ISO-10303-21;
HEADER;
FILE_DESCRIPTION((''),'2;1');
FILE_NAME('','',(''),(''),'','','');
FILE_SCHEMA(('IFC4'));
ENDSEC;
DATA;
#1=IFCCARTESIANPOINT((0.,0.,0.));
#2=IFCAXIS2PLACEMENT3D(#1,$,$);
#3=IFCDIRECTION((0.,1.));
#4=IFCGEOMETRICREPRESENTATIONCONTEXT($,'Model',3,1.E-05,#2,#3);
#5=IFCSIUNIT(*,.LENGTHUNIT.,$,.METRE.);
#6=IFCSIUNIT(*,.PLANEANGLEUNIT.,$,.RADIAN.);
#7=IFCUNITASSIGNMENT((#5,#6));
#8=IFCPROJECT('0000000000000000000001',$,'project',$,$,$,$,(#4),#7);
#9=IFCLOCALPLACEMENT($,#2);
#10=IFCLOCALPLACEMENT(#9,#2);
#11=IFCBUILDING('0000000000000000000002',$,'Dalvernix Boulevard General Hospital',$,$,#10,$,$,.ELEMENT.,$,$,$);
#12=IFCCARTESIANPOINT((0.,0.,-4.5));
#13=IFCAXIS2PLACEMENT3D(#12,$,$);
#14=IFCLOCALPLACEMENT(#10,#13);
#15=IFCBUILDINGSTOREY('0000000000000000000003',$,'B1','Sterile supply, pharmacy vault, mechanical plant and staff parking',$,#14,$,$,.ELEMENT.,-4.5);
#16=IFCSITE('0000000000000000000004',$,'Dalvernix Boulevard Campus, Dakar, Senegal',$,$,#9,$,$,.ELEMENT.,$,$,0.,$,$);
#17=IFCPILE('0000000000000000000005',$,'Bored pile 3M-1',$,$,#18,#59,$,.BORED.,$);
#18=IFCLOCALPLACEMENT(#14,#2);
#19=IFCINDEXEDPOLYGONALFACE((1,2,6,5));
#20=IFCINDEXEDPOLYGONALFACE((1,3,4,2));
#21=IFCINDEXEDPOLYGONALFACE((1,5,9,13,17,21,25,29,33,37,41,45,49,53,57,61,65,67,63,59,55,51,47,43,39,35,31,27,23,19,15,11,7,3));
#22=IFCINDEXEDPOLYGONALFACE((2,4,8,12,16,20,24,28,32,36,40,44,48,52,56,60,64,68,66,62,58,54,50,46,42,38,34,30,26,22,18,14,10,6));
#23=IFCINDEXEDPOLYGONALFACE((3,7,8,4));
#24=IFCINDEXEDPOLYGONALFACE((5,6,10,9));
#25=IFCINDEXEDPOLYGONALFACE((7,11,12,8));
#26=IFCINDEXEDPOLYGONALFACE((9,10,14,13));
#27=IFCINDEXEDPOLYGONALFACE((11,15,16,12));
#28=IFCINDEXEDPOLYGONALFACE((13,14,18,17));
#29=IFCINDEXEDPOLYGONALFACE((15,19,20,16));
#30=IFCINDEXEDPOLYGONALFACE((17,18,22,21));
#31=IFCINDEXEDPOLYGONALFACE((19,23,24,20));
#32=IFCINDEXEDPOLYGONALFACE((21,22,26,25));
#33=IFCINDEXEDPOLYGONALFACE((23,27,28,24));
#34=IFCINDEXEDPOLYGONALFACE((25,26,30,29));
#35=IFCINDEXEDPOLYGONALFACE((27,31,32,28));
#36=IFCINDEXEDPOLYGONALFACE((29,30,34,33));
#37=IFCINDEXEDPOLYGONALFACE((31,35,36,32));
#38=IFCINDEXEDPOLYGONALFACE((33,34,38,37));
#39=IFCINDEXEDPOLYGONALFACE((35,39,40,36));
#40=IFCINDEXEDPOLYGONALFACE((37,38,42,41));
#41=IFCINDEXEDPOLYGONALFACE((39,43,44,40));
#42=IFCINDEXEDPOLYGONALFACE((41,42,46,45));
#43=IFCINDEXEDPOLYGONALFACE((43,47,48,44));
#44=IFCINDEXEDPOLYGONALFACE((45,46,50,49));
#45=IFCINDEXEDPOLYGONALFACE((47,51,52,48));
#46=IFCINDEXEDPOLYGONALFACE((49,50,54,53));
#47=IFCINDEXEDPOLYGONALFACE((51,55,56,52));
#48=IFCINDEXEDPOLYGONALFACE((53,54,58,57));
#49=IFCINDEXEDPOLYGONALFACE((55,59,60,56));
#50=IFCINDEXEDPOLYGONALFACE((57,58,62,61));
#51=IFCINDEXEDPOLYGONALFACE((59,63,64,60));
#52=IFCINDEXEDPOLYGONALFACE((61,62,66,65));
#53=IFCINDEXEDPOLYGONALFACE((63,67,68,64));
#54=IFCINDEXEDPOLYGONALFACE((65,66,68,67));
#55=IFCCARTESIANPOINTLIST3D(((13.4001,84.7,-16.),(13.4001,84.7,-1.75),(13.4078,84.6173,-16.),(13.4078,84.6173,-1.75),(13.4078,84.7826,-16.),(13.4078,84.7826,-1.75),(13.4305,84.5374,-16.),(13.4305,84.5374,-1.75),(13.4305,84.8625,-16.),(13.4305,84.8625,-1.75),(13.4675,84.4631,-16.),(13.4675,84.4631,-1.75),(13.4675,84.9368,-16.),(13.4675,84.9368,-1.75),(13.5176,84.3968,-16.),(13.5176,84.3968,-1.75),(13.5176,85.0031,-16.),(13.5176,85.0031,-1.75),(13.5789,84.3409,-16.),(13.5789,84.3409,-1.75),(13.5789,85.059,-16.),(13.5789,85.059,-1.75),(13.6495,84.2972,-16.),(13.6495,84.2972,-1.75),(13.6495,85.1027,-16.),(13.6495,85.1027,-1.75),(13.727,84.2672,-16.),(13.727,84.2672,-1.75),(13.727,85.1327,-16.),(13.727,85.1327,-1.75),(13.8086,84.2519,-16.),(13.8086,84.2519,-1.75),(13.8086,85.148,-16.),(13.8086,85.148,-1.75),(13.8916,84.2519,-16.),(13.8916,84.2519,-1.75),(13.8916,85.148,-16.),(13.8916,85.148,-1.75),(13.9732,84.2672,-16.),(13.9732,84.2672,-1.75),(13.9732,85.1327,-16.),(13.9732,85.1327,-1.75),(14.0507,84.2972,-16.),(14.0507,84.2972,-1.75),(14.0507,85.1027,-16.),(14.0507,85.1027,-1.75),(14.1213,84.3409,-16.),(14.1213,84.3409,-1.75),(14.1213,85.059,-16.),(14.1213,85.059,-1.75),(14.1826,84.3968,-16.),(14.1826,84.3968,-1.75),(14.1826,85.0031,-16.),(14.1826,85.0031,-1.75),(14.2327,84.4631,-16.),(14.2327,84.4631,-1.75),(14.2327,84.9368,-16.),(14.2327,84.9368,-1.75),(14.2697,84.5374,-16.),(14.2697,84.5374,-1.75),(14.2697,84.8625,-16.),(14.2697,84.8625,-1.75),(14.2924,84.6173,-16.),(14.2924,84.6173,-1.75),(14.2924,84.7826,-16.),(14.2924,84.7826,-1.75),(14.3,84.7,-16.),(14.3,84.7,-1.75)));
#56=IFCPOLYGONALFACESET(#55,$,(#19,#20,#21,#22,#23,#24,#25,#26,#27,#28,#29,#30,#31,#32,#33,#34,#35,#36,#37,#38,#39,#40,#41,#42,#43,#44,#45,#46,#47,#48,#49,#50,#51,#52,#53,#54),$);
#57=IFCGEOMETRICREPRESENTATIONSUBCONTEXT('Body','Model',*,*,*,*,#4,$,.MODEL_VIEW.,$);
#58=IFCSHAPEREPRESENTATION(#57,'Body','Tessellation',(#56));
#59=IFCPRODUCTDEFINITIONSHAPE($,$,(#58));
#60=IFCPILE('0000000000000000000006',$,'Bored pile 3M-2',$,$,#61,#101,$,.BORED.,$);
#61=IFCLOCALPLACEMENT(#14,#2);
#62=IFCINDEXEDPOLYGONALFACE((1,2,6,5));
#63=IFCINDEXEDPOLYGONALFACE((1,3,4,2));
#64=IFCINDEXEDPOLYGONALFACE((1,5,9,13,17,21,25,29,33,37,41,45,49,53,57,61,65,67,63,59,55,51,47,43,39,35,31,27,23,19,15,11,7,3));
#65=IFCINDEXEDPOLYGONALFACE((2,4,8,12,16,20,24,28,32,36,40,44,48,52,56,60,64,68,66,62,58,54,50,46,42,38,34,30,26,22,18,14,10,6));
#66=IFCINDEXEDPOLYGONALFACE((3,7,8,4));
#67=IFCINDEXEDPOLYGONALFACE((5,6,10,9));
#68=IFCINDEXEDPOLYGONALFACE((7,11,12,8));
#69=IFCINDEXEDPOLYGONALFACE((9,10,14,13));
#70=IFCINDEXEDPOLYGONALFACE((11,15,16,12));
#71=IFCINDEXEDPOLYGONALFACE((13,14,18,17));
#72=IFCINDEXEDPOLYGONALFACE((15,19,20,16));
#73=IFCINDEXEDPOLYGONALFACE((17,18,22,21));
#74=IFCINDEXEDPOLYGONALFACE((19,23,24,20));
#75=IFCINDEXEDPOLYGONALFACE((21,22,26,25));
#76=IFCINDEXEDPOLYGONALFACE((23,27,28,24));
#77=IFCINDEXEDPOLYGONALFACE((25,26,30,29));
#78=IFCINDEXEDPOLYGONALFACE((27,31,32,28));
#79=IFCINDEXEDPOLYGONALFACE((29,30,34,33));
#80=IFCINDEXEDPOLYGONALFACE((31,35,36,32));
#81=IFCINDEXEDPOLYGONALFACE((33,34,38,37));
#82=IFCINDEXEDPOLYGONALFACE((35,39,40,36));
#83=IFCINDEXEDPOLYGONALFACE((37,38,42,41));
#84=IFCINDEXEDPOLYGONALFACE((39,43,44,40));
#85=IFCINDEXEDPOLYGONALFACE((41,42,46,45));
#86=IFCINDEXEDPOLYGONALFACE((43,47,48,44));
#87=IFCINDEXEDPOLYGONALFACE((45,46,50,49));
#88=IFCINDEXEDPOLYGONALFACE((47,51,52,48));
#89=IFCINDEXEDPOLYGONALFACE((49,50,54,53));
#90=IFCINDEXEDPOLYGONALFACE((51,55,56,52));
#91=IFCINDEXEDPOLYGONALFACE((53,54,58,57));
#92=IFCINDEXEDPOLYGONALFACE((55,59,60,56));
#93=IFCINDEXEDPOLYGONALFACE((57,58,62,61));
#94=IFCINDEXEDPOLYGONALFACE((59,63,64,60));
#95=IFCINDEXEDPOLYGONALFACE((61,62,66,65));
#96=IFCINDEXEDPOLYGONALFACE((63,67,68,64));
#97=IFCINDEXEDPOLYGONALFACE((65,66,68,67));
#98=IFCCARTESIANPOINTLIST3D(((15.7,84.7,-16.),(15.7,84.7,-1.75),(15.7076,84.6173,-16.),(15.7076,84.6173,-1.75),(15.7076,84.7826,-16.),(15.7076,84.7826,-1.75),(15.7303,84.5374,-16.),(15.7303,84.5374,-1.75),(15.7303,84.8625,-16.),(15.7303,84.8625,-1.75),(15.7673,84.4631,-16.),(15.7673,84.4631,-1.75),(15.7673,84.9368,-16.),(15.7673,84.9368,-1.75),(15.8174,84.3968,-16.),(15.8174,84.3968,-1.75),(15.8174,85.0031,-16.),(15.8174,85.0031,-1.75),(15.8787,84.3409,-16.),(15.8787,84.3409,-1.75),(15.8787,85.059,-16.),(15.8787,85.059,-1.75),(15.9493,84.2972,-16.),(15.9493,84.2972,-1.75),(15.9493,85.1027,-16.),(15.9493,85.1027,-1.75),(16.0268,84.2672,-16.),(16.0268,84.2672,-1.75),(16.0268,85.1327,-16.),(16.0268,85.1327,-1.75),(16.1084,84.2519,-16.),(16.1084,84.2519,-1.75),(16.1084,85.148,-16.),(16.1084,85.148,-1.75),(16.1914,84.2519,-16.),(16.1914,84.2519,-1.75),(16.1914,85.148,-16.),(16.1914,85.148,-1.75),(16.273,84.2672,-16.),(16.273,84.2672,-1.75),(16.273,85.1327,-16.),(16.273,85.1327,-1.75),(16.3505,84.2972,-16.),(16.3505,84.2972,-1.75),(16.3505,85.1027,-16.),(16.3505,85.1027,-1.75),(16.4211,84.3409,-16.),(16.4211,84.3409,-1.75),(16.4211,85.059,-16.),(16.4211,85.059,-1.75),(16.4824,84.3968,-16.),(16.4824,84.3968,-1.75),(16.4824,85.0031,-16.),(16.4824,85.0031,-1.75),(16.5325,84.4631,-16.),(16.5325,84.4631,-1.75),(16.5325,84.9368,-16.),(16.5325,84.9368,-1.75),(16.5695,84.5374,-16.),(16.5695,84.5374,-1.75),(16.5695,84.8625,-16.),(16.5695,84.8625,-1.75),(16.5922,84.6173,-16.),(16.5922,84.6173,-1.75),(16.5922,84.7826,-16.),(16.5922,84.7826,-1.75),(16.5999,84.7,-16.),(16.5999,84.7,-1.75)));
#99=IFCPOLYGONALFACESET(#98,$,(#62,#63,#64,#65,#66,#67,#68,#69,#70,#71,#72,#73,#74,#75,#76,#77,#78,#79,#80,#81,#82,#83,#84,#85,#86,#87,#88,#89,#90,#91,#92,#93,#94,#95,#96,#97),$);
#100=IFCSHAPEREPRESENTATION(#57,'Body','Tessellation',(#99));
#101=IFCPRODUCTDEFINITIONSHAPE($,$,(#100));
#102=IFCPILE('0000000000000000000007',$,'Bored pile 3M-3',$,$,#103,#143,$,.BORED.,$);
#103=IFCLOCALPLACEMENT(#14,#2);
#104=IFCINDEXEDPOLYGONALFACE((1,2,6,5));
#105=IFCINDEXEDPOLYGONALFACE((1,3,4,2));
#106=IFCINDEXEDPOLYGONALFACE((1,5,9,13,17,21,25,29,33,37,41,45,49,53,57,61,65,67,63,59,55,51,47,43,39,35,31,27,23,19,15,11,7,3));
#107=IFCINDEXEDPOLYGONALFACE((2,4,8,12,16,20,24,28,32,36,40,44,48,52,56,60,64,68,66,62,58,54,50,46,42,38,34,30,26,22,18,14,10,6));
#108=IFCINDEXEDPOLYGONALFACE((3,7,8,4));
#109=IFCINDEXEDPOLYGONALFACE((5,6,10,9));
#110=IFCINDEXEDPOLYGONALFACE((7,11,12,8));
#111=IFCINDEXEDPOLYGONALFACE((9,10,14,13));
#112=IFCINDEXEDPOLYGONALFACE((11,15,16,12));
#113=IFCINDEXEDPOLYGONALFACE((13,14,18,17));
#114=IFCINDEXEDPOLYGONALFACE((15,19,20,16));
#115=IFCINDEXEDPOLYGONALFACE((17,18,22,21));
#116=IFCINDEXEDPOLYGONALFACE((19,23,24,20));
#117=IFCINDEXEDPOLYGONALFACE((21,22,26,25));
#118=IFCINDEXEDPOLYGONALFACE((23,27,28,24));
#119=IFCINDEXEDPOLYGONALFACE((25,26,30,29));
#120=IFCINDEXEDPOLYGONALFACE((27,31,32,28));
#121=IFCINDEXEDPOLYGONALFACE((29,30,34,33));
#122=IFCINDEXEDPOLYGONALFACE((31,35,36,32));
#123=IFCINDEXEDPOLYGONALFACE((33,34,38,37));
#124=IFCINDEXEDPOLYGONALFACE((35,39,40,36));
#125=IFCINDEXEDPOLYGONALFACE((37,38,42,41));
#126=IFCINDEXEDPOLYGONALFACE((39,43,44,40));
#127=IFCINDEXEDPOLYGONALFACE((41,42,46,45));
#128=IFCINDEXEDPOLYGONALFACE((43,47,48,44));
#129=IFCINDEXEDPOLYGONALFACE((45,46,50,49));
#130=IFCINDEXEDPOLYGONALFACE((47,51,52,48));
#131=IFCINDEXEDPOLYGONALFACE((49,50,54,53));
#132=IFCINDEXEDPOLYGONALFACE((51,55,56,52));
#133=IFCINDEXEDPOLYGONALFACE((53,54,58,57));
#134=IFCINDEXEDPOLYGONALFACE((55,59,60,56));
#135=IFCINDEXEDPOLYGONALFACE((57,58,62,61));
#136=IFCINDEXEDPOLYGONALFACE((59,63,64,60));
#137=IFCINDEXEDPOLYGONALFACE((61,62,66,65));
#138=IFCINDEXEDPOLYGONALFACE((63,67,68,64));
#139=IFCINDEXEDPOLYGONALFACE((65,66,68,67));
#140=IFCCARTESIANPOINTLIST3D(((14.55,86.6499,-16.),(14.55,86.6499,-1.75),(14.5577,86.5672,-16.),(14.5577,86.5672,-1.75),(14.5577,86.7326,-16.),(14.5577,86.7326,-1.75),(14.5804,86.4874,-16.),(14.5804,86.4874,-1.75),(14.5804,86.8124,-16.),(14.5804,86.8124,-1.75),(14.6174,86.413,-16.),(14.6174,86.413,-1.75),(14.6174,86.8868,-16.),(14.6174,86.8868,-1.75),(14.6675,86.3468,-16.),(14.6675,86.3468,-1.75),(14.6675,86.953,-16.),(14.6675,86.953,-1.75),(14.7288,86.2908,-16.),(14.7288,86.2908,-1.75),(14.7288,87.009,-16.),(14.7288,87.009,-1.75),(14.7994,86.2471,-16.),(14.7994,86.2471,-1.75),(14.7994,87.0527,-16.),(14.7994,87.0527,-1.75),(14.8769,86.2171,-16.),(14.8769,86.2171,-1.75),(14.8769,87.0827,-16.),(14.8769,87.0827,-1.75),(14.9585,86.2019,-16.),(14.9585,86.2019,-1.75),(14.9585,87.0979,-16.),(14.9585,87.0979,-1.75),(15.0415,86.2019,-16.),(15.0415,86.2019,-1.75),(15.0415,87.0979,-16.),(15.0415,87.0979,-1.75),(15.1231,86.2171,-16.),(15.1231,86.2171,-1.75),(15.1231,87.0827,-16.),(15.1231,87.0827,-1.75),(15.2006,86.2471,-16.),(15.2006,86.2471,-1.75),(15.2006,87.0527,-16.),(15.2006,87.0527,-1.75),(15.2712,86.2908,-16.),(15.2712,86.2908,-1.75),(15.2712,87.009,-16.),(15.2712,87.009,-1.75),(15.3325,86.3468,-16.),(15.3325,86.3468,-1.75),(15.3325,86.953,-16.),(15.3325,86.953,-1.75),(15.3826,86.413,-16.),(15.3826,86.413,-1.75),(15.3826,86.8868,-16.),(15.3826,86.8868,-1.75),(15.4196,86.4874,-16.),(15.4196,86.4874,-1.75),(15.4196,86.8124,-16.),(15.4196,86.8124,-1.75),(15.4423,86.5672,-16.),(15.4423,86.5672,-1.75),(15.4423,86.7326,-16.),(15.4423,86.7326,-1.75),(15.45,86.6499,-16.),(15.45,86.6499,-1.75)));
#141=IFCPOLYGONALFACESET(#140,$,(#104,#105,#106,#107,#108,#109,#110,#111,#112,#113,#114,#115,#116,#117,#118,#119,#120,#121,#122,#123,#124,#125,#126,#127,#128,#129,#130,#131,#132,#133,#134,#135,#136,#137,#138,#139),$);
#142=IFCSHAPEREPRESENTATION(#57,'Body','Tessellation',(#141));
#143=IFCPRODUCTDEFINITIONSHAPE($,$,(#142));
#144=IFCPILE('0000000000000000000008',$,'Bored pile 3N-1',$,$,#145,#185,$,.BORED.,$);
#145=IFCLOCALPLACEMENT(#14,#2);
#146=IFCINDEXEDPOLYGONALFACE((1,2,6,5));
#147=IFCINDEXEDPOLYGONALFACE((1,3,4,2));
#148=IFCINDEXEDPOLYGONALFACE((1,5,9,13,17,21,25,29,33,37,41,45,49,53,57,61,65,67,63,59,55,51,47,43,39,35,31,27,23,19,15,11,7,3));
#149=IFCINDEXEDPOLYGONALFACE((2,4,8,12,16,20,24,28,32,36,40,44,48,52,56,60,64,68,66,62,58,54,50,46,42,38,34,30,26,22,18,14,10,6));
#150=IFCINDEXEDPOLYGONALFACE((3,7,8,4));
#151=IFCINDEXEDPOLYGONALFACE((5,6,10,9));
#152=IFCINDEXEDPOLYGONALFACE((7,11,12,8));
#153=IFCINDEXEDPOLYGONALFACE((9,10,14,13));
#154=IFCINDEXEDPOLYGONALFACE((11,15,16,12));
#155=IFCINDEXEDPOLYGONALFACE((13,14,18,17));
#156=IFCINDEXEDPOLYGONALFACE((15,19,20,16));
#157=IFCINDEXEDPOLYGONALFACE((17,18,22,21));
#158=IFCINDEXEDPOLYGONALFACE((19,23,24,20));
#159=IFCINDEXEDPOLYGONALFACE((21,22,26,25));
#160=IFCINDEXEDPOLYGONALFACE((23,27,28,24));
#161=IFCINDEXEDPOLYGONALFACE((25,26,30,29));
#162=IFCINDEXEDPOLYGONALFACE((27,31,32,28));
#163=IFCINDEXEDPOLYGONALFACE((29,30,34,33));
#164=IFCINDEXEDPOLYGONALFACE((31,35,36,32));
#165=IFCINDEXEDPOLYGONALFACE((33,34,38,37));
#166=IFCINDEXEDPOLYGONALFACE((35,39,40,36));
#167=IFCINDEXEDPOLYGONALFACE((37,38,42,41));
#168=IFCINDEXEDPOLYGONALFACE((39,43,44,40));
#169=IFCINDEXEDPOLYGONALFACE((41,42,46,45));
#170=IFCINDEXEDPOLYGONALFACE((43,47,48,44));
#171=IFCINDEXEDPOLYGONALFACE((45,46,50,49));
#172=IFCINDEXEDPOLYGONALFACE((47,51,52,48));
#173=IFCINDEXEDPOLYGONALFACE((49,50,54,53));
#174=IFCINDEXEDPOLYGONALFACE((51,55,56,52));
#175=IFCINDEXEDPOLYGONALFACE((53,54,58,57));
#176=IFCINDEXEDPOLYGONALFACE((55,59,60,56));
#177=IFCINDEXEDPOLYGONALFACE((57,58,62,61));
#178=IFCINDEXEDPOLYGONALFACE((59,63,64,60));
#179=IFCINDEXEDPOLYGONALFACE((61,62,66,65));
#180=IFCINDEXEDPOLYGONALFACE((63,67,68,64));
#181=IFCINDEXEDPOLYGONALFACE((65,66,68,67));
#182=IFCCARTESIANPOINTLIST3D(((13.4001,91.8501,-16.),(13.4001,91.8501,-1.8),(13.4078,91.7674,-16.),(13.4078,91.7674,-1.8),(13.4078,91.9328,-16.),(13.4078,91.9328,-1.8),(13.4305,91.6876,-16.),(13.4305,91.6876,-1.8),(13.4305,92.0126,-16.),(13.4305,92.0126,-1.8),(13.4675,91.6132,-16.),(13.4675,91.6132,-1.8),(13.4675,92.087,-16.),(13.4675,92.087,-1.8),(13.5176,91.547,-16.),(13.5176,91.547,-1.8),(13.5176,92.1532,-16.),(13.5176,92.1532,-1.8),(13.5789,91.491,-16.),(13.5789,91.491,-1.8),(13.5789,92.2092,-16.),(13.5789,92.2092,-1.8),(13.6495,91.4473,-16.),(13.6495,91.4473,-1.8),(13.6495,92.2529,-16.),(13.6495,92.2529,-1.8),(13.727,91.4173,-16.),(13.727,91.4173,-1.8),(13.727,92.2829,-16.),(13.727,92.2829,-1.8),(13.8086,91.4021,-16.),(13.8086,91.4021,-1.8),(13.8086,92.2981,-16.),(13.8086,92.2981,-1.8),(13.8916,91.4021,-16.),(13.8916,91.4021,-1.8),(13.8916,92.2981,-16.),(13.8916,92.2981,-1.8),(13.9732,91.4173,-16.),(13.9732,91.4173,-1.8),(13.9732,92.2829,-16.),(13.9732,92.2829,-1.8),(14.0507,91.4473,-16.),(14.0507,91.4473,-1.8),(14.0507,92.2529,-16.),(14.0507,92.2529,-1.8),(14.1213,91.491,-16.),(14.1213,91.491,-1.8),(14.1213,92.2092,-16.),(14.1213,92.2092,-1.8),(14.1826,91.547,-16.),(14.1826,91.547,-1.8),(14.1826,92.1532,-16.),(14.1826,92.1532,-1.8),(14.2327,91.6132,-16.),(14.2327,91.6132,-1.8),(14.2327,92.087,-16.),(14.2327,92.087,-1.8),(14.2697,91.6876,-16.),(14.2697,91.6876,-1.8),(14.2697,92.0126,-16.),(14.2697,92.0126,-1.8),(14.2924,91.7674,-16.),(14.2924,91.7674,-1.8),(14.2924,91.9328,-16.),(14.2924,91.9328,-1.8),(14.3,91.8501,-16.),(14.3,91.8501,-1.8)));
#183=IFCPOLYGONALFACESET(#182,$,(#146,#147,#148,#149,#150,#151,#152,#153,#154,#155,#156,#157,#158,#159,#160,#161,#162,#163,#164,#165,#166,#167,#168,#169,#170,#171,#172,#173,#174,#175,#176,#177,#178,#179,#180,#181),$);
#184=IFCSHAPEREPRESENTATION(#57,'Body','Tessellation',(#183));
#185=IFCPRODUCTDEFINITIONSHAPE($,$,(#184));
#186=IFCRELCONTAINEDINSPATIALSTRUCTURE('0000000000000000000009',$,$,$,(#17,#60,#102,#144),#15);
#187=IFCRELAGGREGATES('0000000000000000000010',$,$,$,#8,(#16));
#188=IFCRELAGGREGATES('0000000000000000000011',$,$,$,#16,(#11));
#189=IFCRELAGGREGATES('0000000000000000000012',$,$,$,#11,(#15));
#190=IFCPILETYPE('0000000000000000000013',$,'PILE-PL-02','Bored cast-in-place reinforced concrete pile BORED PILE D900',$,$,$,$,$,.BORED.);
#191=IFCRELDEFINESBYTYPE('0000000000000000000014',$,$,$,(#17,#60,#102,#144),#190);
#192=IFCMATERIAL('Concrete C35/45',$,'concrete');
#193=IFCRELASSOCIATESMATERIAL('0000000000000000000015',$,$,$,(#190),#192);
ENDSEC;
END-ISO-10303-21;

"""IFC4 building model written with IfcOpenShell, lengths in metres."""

from ifc_helpers import new_model, si_unit, direction, frame, origin, origin_2d, place, context, subcontext, project, spatial, circle, extrude, material, material_profile, profile_set, type_object, element, save


model = new_model("IFC4")

# Units and contexts
model_context = context("Model", 3, precision=1e-05, world=origin(), true_north=direction((0.0, 1.0)))
body_context = subcontext(model_context, "Body", "Model", "MODEL_VIEW")
ifc_project = project(units=[si_unit("LENGTHUNIT", "METRE"), si_unit("PLANEANGLEUNIT", "RADIAN")], contexts=[model_context])

# Site, building, storey
site_placement = place(None, origin())
site = spatial("IfcSite", under=ifc_project, at=site_placement, Name="Dalvernix Boulevard Campus, Dakar, Senegal", CompositionType="ELEMENT", RefElevation=0.0)
building_placement = place(site_placement, origin())
building = spatial("IfcBuilding", under=site, at=building_placement, Name="Dalvernix Boulevard General Hospital", CompositionType="ELEMENT")
storey_placement = place(building_placement, frame((0.0, 0.0, -4.5)))
storey = spatial("IfcBuildingStorey", under=building, at=storey_placement, Name="B1", Description="Sterile supply, pharmacy vault, mechanical plant and staff parking", CompositionType="ELEMENT", Elevation=-4.5)

# Shared definitions
ifc_material_1 = material(Name="Concrete C35/45", Category="concrete")

# Piles
ifc_material_profile_1 = material_profile(ifc_material_1, circle(Radius=0.45, at=origin_2d()), Name="BORED PILE D900")
ifc_profile_set_1 = profile_set([ifc_material_profile_1], Name="Concrete C35/45")
pile_type_1 = type_object("IfcPileType", Name="PILE-PL-02", Description="Bored cast-in-place reinforced concrete pile BORED PILE D900", PredefinedType="BORED", material=ifc_profile_set_1)
for number, where, z_axis, x_axis, name in (
    (1, (13.8501, 84.7, -1.75), (0.0, 0.0, -1.0), (1.0, 0.0, 0.0), "Bored pile 3M-1"),
    (2, (16.1499, 84.7, -1.75), (0.0, 0.0, -1.0), (1.0, 0.0, 0.0), "Bored pile 3M-2"),
    (3, (15.0, 86.6499, -1.75), (0.0, 0.0, -1.0), (1.0, 0.0, 0.0), "Bored pile 3M-3"),
):
    element("IfcPile", number, at=place(storey_placement, frame(where, z_axis=z_axis, x_axis=x_axis)), inside=storey, type_object=pile_type_1, Name=name, PredefinedType="BORED", context=body_context, shape_type="SweptSolid", body=[
        extrude(circle(Radius=0.45, at=origin_2d()), origin(), (0.0, 0.0, 1.0), 14.25),
    ])
for number, where, z_axis, x_axis, name in (
    (4, (13.8501, 91.8501, -1.8), (0.0, 0.0, -1.0), (1.0, 0.0, 0.0), "Bored pile 3N-1"),
):
    element("IfcPile", number, at=place(storey_placement, frame(where, z_axis=z_axis, x_axis=x_axis)), inside=storey, type_object=pile_type_1, Name=name, PredefinedType="BORED", context=body_context, shape_type="SweptSolid", body=[
        extrude(circle(Radius=0.45, at=origin_2d()), origin(), (0.0, 0.0, 1.0), 14.2),
    ])

save(model, "model.ifc")
